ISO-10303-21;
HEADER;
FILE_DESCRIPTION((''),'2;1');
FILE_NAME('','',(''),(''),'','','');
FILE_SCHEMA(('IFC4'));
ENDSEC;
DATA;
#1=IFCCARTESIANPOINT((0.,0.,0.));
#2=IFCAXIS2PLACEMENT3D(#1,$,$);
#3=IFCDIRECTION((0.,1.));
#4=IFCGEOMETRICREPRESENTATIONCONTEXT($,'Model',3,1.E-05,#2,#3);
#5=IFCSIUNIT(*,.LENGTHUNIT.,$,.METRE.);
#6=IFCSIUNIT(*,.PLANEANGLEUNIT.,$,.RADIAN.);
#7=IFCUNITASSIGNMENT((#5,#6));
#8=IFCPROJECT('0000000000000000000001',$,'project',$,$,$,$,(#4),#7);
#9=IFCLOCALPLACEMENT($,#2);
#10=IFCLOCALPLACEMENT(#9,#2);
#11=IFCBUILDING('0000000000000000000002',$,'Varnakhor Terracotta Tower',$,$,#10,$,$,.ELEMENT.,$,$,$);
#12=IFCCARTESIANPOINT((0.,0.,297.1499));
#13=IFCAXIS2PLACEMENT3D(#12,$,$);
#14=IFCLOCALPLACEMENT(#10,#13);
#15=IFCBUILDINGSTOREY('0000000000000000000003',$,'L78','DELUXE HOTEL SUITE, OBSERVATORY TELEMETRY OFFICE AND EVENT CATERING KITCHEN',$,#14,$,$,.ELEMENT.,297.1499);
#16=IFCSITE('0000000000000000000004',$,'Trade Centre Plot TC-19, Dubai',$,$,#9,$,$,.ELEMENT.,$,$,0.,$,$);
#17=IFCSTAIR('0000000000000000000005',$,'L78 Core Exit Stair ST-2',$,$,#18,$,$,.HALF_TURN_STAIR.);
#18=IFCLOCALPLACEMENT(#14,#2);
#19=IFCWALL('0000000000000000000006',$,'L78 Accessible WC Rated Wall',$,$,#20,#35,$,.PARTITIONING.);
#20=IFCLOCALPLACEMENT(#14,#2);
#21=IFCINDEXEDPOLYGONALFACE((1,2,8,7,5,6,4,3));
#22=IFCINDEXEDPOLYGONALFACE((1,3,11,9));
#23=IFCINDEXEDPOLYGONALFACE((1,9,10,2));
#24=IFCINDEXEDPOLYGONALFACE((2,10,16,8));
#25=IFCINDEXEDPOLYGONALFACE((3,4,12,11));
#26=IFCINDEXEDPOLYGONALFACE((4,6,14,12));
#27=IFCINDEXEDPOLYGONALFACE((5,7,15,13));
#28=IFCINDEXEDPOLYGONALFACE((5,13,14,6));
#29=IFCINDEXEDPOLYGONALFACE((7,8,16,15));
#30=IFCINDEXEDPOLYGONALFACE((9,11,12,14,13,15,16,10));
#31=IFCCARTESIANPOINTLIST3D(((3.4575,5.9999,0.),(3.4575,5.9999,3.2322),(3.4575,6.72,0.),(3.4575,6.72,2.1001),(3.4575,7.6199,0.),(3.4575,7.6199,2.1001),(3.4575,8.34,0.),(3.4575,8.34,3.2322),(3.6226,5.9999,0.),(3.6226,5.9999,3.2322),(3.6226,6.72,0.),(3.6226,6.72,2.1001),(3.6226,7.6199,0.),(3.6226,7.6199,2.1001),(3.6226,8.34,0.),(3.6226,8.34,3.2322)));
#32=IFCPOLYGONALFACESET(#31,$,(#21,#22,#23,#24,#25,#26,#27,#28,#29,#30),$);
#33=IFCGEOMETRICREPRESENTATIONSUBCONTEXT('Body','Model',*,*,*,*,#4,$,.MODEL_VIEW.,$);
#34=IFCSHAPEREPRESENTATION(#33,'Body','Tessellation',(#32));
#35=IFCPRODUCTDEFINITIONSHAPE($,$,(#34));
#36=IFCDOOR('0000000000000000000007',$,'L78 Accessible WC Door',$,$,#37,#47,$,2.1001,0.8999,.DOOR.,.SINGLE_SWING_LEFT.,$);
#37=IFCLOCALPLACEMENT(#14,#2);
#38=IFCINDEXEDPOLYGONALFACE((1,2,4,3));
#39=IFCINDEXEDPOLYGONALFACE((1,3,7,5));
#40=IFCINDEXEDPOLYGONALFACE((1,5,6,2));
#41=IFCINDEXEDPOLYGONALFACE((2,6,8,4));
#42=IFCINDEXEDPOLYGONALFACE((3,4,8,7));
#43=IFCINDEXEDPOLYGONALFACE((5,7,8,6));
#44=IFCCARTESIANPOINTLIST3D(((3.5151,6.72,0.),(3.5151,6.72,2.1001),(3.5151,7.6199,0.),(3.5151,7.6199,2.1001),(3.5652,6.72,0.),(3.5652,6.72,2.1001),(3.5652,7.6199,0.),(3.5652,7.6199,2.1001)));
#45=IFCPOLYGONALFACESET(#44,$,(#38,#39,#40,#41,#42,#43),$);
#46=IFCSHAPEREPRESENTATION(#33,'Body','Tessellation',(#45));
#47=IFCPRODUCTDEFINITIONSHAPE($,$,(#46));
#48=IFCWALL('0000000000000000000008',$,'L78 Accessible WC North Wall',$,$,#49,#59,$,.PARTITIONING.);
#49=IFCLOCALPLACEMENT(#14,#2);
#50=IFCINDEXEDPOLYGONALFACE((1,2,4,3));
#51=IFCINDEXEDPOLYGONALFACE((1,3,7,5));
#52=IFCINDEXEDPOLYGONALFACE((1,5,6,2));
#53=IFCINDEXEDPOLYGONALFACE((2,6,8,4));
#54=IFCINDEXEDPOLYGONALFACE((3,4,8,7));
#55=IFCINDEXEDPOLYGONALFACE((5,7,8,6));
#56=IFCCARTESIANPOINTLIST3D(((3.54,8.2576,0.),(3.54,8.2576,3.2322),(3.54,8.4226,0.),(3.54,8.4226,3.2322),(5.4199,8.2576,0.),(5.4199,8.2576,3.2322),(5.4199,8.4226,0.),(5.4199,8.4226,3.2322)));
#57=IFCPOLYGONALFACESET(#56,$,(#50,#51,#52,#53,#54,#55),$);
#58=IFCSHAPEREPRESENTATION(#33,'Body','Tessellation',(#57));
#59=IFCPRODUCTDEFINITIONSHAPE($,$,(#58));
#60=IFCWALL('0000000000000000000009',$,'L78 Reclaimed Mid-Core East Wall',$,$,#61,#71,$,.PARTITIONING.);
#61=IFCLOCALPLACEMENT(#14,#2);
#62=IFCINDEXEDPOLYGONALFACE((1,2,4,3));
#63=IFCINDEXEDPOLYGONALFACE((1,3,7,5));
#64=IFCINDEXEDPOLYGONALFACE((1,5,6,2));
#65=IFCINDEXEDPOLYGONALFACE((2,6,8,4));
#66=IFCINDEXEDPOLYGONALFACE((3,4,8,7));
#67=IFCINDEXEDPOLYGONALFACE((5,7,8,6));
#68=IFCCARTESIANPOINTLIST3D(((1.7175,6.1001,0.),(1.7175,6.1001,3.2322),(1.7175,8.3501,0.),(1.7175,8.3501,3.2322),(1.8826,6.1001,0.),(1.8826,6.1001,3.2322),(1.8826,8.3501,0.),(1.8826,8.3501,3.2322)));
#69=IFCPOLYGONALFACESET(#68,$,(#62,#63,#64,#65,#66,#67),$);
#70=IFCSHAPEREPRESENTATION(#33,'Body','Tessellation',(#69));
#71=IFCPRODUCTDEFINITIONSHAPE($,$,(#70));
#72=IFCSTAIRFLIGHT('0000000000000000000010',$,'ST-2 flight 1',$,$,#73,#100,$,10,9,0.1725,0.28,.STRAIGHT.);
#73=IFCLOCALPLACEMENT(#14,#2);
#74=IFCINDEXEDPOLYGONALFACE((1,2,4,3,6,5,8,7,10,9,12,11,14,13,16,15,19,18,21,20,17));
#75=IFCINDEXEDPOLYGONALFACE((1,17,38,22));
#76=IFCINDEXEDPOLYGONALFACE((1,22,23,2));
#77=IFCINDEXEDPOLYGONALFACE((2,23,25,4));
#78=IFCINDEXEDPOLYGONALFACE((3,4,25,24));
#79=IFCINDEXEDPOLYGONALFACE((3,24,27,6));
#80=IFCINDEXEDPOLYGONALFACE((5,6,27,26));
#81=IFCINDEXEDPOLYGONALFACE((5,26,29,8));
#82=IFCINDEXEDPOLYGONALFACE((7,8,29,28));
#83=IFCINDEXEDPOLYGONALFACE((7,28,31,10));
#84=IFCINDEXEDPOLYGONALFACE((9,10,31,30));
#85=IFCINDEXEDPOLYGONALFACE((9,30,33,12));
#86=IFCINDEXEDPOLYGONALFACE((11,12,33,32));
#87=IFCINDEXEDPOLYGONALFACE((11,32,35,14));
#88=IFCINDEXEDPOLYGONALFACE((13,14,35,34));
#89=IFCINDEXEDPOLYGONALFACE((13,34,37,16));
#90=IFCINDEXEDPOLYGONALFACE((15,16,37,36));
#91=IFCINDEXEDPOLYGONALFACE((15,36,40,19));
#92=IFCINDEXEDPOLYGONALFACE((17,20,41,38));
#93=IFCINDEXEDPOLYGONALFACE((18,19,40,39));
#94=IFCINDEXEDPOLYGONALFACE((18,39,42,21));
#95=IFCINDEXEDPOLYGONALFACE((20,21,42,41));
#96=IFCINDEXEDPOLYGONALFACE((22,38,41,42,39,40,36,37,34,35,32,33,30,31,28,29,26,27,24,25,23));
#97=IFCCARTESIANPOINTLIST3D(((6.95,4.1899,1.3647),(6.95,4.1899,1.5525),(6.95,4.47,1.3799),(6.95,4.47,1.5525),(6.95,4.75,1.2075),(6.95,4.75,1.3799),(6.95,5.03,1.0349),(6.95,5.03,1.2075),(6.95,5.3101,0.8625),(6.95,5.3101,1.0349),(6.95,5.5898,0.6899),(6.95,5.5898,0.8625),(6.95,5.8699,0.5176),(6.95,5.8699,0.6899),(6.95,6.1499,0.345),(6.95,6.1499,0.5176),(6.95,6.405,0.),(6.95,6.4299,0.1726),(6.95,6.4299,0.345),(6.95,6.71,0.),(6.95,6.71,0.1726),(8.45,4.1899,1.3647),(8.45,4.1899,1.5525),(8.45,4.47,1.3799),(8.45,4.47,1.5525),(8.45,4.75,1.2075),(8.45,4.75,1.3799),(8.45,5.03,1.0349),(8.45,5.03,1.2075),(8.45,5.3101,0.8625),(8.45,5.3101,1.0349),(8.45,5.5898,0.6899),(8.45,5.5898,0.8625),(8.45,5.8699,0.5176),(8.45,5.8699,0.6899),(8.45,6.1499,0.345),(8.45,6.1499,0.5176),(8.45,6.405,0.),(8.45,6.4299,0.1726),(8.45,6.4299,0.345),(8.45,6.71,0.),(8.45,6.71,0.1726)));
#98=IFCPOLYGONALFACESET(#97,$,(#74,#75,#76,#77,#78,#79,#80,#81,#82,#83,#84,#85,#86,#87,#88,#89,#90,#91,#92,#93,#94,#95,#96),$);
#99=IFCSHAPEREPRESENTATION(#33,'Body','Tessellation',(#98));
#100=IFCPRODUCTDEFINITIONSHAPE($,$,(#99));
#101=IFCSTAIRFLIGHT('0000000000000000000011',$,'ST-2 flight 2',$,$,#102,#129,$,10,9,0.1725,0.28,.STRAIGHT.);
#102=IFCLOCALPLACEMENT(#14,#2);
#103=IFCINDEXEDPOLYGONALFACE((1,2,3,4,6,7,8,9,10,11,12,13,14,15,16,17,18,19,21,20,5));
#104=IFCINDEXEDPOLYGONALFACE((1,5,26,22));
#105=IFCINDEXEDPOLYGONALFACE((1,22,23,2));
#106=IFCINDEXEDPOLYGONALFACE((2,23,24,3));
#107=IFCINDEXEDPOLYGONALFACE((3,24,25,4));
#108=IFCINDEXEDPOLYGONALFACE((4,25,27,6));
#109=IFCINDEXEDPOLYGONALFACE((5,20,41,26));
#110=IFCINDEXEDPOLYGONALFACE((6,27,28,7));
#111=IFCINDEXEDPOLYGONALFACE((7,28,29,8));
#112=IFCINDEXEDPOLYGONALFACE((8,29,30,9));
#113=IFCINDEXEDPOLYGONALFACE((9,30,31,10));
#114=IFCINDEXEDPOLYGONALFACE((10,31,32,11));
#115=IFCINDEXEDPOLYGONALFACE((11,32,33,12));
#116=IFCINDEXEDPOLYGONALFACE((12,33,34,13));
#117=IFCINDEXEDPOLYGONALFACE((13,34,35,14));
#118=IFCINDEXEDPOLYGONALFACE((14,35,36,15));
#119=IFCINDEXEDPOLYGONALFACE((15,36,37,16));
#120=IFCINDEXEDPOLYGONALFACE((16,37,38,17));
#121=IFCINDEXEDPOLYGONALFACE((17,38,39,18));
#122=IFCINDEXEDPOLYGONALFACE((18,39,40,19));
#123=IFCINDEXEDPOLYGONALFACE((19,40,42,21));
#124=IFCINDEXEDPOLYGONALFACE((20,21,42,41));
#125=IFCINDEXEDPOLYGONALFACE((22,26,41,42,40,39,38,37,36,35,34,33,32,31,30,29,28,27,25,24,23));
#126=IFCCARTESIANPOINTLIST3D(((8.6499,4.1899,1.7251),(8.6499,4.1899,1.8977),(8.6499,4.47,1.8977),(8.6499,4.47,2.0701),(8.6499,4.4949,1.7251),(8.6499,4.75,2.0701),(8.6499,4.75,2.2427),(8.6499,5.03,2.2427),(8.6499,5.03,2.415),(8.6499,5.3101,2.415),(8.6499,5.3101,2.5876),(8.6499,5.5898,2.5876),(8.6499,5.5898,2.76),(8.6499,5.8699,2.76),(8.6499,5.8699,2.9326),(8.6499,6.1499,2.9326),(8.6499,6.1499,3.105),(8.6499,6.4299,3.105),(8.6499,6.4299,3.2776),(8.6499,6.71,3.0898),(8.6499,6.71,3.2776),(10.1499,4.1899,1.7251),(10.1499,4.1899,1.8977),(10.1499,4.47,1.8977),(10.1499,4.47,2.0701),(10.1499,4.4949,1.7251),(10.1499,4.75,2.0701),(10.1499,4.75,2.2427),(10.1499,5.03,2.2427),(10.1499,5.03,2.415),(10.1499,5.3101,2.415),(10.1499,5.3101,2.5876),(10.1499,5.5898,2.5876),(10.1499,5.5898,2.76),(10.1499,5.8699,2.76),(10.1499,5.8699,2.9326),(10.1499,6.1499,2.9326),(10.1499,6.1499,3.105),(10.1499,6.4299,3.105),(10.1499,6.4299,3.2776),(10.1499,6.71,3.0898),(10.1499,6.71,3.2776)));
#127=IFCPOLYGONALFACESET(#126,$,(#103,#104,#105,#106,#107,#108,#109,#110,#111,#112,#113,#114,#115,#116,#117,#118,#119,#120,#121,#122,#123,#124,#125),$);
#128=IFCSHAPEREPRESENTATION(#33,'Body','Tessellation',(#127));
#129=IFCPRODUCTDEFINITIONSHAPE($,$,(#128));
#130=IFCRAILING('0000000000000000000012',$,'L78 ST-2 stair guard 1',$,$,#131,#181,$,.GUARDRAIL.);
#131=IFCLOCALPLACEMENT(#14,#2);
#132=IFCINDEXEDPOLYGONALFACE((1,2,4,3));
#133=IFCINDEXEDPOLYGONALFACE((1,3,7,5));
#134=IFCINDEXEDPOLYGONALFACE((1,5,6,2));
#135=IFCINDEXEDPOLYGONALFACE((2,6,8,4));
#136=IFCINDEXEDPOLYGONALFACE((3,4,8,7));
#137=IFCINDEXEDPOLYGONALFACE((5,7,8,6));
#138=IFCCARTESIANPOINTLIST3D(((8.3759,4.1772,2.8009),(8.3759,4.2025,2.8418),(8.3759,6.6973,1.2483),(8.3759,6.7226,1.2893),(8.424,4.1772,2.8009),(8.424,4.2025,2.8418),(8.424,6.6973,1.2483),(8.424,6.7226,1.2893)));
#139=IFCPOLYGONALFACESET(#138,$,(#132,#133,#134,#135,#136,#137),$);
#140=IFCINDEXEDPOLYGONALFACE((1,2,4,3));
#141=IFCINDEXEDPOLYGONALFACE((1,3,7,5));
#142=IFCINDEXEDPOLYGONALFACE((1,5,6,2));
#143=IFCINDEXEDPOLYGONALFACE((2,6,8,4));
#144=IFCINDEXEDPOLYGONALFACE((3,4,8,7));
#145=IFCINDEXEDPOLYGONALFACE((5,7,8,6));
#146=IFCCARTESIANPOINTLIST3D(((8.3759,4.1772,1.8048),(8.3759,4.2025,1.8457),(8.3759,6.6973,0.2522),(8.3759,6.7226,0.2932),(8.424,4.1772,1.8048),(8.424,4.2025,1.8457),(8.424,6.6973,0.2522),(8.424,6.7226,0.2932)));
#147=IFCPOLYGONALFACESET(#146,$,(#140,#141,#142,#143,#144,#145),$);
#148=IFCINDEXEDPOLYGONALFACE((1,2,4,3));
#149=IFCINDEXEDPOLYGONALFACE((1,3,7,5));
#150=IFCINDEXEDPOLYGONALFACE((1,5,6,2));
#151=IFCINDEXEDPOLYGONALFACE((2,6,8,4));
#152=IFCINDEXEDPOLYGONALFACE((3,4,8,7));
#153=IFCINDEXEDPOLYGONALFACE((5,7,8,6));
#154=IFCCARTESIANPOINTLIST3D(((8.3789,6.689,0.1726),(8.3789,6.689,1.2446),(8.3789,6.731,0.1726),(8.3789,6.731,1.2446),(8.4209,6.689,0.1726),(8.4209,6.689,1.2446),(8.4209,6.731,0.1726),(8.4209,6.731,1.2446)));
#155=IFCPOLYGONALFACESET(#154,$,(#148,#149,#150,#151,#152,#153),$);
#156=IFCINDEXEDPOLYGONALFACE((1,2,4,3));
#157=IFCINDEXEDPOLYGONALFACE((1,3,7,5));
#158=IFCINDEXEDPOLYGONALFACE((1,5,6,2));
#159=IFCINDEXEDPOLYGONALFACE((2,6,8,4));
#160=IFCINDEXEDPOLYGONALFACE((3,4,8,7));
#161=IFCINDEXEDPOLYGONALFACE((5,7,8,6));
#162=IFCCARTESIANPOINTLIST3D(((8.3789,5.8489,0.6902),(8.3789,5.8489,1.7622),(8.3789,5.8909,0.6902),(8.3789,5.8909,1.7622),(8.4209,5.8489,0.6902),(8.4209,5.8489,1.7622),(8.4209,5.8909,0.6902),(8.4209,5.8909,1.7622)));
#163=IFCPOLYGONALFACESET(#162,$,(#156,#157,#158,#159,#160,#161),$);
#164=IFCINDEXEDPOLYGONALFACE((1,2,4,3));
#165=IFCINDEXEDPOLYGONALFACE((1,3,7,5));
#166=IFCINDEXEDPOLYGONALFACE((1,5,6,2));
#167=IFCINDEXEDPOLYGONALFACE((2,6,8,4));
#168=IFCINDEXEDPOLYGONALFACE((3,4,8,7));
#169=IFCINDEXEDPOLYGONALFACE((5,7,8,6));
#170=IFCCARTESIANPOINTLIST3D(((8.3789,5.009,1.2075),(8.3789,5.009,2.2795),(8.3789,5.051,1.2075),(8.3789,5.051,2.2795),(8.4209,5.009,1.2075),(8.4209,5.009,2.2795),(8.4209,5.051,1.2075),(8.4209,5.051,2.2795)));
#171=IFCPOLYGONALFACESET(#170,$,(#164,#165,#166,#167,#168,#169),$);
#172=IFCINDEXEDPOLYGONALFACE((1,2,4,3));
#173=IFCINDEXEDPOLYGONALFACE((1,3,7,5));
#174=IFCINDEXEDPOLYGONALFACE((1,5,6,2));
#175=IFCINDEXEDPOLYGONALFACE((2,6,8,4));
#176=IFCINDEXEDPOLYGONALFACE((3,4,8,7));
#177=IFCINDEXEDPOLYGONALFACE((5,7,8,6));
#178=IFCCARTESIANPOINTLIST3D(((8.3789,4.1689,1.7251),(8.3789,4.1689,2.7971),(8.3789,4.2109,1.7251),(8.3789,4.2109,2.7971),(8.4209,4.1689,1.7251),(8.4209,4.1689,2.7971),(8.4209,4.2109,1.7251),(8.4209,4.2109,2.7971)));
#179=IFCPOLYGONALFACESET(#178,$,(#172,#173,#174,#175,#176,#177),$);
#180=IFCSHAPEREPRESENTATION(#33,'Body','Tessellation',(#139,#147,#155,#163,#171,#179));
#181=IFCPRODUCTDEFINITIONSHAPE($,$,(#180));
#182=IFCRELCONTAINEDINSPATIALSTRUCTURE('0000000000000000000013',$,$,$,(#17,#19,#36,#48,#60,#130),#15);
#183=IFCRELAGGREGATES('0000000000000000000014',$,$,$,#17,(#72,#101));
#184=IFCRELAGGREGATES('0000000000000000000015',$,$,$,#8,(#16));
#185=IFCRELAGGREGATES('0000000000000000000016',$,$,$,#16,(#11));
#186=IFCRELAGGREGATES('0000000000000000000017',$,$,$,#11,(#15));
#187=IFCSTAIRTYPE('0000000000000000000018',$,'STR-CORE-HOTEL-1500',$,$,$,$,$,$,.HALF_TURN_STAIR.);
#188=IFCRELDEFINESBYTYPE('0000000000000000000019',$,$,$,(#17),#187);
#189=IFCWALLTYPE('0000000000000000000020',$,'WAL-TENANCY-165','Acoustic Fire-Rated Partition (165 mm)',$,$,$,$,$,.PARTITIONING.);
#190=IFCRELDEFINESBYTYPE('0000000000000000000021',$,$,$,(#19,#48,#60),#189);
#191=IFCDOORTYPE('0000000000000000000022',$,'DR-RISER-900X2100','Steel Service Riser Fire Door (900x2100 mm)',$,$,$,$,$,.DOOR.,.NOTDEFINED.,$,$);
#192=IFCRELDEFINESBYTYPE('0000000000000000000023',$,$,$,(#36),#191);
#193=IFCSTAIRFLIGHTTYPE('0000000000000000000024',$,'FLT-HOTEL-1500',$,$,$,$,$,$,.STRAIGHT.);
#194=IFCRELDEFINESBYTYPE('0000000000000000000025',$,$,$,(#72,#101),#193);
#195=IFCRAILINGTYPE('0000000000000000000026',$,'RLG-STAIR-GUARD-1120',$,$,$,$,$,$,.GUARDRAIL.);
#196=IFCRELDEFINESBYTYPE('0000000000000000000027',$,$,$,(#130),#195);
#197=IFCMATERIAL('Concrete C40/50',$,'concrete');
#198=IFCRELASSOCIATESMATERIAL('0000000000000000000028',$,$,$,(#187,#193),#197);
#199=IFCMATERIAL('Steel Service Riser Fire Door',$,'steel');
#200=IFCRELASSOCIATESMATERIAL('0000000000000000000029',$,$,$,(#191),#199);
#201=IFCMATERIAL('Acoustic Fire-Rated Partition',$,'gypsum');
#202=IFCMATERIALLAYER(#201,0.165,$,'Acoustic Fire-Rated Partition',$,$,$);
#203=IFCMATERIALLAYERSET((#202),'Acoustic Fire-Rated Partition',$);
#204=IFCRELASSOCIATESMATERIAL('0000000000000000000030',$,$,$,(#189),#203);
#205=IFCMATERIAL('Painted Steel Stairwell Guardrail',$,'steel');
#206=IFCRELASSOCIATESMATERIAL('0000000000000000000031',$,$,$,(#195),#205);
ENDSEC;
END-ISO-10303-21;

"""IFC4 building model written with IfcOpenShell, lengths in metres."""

from ifc_helpers import new_model, si_unit, direction, frame, frame_2d, origin, origin_2d, place, context, subcontext, project, spatial, polyline, rectangle, outline, extrude, source, transform, mapped, material, layer, layer_set, type_object, type_shapes, element, fill, aggregate, save


model = new_model("IFC4")

# Units and contexts
model_context = context("Model", 3, precision=1e-05, world=origin(), true_north=direction((0.0, 1.0)))
body_context = subcontext(model_context, "Body", "Model", "MODEL_VIEW")
ifc_project = project(units=[si_unit("LENGTHUNIT", "METRE"), si_unit("PLANEANGLEUNIT", "RADIAN")], contexts=[model_context])

# Site, building, storey
site_placement = place(None, origin())
site = spatial("IfcSite", under=ifc_project, at=site_placement, Name="Trade Centre Plot TC-19, Dubai", CompositionType="ELEMENT", RefElevation=0.0)
building_placement = place(site_placement, origin())
building = spatial("IfcBuilding", under=site, at=building_placement, Name="Varnakhor Terracotta Tower", CompositionType="ELEMENT")
storey_placement = place(building_placement, frame((0.0, 0.0, 297.1499)))
storey = spatial("IfcBuildingStorey", under=building, at=storey_placement, Name="L78", Description="DELUXE HOTEL SUITE, OBSERVATORY TELEMETRY OFFICE AND EVENT CATERING KITCHEN", CompositionType="ELEMENT", Elevation=297.1499)

# Shared definitions
ifc_material_1 = material(Name="Concrete C40/50", Category="concrete")

# Stair
stair_type = type_object("IfcStairType", Name="STR-CORE-HOTEL-1500", PredefinedType="HALF_TURN_STAIR", material=ifc_material_1)
stair_1_placement = place(storey_placement, origin())
stair_1 = element("IfcStair", 1, at=stair_1_placement, inside=storey, type_object=stair_type, Name="L78 Core Exit Stair ST-2", PredefinedType="HALF_TURN_STAIR")

# Shared definitions
ifc_material_2 = material(Name="Acoustic Fire-Rated Partition", Category="gypsum")

# Wall, opening, door
ifc_material_3 = material(Name="Steel Service Riser Fire Door", Category="steel")
door_type_1 = type_object("IfcDoorType", Name="DR-RISER-900X2100", Description="Steel Service Riser Fire Door (900x2100 mm)", OperationType="NOTDEFINED", PredefinedType="DOOR", material=ifc_material_3)
shared_shape_1 = source(origin(), body_context, "Body", "SweptSolid", [
    extrude(rectangle(XDim=0.8999, YDim=2.1001, at=frame_2d((0.45, 1.05))), frame((0.0, 0.0249, 0.0), z_axis=(0.0, -1.0, 0.0), x_axis=(1.0, 0.0, 0.0)), (0.0, 0.0, 1.0), 0.05),
])
type_shapes(door_type_1, [shared_shape_1])
ifc_layer_1 = layer(ifc_material_2, 0.165, Name="Acoustic Fire-Rated Partition")
ifc_layer_set_1 = layer_set([ifc_layer_1], Name="Acoustic Fire-Rated Partition")
wall_type_1 = type_object("IfcWallType", Name="WAL-TENANCY-165", Description="Acoustic Fire-Rated Partition (165 mm)", PredefinedType="PARTITIONING", material=ifc_layer_set_1)
wall_1_placement = place(storey_placement, frame((3.54, 6.0, 0.0), z_axis=(0.0, 0.0, 1.0), x_axis=(0.0, 1.0, 0.0)))
wall_1 = element("IfcWall", 2, at=wall_1_placement, inside=storey, type_object=wall_type_1, Name="L78 Accessible WC Rated Wall", PredefinedType="PARTITIONING", context=body_context, shape_type="SweptSolid", body=[
    extrude(rectangle(XDim=2.3401, YDim=0.165, at=frame_2d((1.1699, 0.0))), origin(), (0.0, 0.0, 1.0), 3.2322),
])
opening_1_placement = place(wall_1_placement, frame((0.72, 0.0, 0.0)))
opening_1 = element("IfcOpeningElement", 3, at=opening_1_placement, cuts=wall_1, PredefinedType="OPENING", context=body_context, shape_type="SweptSolid", body=[
    extrude(rectangle(XDim=0.8999, YDim=2.1001, at=frame_2d((0.45, 1.05))), frame((0.0, 0.0925, 0.0), z_axis=(0.0, -1.0, 0.0), x_axis=(1.0, 0.0, 0.0)), (0.0, 0.0, 1.0), 0.1851),
])
door_1_placement = place(opening_1_placement, origin())
door_1 = element("IfcDoor", 4, at=door_1_placement, inside=storey, type_object=door_type_1, Name="L78 Accessible WC Door", OperationType="SINGLE_SWING_LEFT", OverallHeight=2.1001, OverallWidth=0.8999, PredefinedType="DOOR", context=body_context, shape_type="MappedRepresentation", body=[
    mapped(shared_shape_1, transform((0.0, 0.0, 0.0), scale=1.0)),
])
fill(opening_1, door_1)

# Walls
wall_2_placement = place(storey_placement, frame((3.54, 8.3401, 0.0), z_axis=(0.0, 0.0, 1.0), x_axis=(1.0, 0.0, 0.0)))
element("IfcWall", 5, at=wall_2_placement, inside=storey, type_object=wall_type_1, Name="L78 Accessible WC North Wall", PredefinedType="PARTITIONING", context=body_context, shape_type="SweptSolid", body=[
    extrude(rectangle(XDim=1.8799, YDim=0.165, at=frame_2d((0.9399, 0.0))), origin(), (0.0, 0.0, 1.0), 3.2322),
])
wall_3_placement = place(storey_placement, frame((1.8, 6.1001, 0.0), z_axis=(0.0, 0.0, 1.0), x_axis=(0.0, 1.0, 0.0)))
element("IfcWall", 6, at=wall_3_placement, inside=storey, type_object=wall_type_1, Name="L78 Reclaimed Mid-Core East Wall", PredefinedType="PARTITIONING", context=body_context, shape_type="SweptSolid", body=[
    extrude(rectangle(XDim=2.25, YDim=0.165, at=frame_2d((1.125, 0.0))), origin(), (0.0, 0.0, 1.0), 3.2322),
])

# Stair flights
stair_flight_type = type_object("IfcStairFlightType", Name="FLT-HOTEL-1500", PredefinedType="STRAIGHT", material=ifc_material_1)
stair_flight_1_placement = place(storey_placement, frame((7.7, 6.71, 0.0), z_axis=(0.0, 0.0, 1.0), x_axis=(0.0, -1.0, 0.0)))
stair_flight_1 = element("IfcStairFlight", 7, at=stair_flight_1_placement, type_object=stair_flight_type, Name="ST-2 flight 1", NumberOfRisers=10, NumberOfTreads=9, PredefinedType="STRAIGHT", RiserHeight=0.1725, TreadLength=0.28, context=body_context, shape_type="SweptSolid", body=[
    extrude(outline(polyline([(0.0, 0.0), (0.0, 0.1726), (0.28, 0.1726), (0.28, 0.345), (0.5601, 0.345), (0.5601, 0.5176), (0.8401, 0.5176), (0.8401, 0.6899), (1.1201, 0.6899), (1.1201, 0.8625), (1.3999, 0.8625), (1.3999, 1.0349), (1.6799, 1.0349), (1.6799, 1.2075), (1.96, 1.2075), (1.96, 1.3799), (2.24, 1.3799), (2.24, 1.5525), (2.52, 1.5525), (2.52, 1.7251), (2.52, 1.3647), (0.3049, 0.0), (0.0, 0.0)])), frame((0.0, 0.75, 0.0), z_axis=(0.0, -1.0, 0.0), x_axis=(1.0, 0.0, 0.0)), (0.0, 0.0, 1.0), 1.5),
])
stair_flight_2_placement = place(storey_placement, frame((9.3999, 4.1899, 1.7251), z_axis=(0.0, 0.0, 1.0), x_axis=(0.0, 1.0, 0.0)))
stair_flight_2 = element("IfcStairFlight", 8, at=stair_flight_2_placement, type_object=stair_flight_type, Name="ST-2 flight 2", NumberOfRisers=10, NumberOfTreads=9, PredefinedType="STRAIGHT", RiserHeight=0.1725, TreadLength=0.28, context=body_context, shape_type="SweptSolid", body=[
    extrude(outline(polyline([(0.0, 0.0), (0.0, 0.1726), (0.28, 0.1726), (0.28, 0.345), (0.5601, 0.345), (0.5601, 0.5176), (0.8401, 0.5176), (0.8401, 0.6899), (1.1201, 0.6899), (1.1201, 0.8625), (1.3999, 0.8625), (1.3999, 1.0349), (1.6799, 1.0349), (1.6799, 1.2075), (1.96, 1.2075), (1.96, 1.3799), (2.24, 1.3799), (2.24, 1.5525), (2.52, 1.5525), (2.52, 1.7251), (2.52, 1.3647), (0.3049, 0.0), (0.0, 0.0)])), frame((0.0, 0.75, 0.0), z_axis=(0.0, -1.0, 0.0), x_axis=(1.0, 0.0, 0.0)), (0.0, 0.0, 1.0), 1.5),
])
aggregate(stair_1, [stair_flight_1, stair_flight_2])

# Railing
ifc_material_4 = material(Name="Painted Steel Stairwell Guardrail", Category="steel")
railing_type_1 = type_object("IfcRailingType", Name="RLG-STAIR-GUARD-1120", PredefinedType="GUARDRAIL", material=ifc_material_4)
railing_1_placement = place(storey_placement, frame((8.3999, 6.71, 0.1726)))
element("IfcRailing", 9, at=railing_1_placement, inside=storey, type_object=railing_type_1, Name="L78 ST-2 stair guard 1", PredefinedType="GUARDRAIL", context=body_context, shape_type="SweptSolid", body=[
    extrude(rectangle(XDim=0.0481, YDim=0.0481, at=origin_2d()), frame((0.0, 0.0, 1.0962), z_axis=(0.0, -0.8514, 0.524516), x_axis=(1.0, 0.0, 0.0)), (0.0, 0.0, 1.0), 2.96),
    extrude(rectangle(XDim=0.0481, YDim=0.0481, at=origin_2d()), frame((0.0, 0.0, 0.1001), z_axis=(0.0, -0.8514, 0.524516), x_axis=(1.0, 0.0, 0.0)), (0.0, 0.0, 1.0), 2.96),
    extrude(rectangle(XDim=0.042, YDim=0.042, at=origin_2d()), origin(), (0.0, 0.0, 1.0), 1.072),
    extrude(rectangle(XDim=0.042, YDim=0.042, at=origin_2d()), frame((0.0, -0.8401, 0.5176)), (0.0, 0.0, 1.0), 1.072),
    extrude(rectangle(XDim=0.042, YDim=0.042, at=origin_2d()), frame((0.0, -1.6799, 1.0349)), (0.0, 0.0, 1.0), 1.072),
    extrude(rectangle(XDim=0.042, YDim=0.042, at=origin_2d()), frame((0.0, -2.52, 1.5525)), (0.0, 0.0, 1.0), 1.072),
])

save(model, "model.ifc")
